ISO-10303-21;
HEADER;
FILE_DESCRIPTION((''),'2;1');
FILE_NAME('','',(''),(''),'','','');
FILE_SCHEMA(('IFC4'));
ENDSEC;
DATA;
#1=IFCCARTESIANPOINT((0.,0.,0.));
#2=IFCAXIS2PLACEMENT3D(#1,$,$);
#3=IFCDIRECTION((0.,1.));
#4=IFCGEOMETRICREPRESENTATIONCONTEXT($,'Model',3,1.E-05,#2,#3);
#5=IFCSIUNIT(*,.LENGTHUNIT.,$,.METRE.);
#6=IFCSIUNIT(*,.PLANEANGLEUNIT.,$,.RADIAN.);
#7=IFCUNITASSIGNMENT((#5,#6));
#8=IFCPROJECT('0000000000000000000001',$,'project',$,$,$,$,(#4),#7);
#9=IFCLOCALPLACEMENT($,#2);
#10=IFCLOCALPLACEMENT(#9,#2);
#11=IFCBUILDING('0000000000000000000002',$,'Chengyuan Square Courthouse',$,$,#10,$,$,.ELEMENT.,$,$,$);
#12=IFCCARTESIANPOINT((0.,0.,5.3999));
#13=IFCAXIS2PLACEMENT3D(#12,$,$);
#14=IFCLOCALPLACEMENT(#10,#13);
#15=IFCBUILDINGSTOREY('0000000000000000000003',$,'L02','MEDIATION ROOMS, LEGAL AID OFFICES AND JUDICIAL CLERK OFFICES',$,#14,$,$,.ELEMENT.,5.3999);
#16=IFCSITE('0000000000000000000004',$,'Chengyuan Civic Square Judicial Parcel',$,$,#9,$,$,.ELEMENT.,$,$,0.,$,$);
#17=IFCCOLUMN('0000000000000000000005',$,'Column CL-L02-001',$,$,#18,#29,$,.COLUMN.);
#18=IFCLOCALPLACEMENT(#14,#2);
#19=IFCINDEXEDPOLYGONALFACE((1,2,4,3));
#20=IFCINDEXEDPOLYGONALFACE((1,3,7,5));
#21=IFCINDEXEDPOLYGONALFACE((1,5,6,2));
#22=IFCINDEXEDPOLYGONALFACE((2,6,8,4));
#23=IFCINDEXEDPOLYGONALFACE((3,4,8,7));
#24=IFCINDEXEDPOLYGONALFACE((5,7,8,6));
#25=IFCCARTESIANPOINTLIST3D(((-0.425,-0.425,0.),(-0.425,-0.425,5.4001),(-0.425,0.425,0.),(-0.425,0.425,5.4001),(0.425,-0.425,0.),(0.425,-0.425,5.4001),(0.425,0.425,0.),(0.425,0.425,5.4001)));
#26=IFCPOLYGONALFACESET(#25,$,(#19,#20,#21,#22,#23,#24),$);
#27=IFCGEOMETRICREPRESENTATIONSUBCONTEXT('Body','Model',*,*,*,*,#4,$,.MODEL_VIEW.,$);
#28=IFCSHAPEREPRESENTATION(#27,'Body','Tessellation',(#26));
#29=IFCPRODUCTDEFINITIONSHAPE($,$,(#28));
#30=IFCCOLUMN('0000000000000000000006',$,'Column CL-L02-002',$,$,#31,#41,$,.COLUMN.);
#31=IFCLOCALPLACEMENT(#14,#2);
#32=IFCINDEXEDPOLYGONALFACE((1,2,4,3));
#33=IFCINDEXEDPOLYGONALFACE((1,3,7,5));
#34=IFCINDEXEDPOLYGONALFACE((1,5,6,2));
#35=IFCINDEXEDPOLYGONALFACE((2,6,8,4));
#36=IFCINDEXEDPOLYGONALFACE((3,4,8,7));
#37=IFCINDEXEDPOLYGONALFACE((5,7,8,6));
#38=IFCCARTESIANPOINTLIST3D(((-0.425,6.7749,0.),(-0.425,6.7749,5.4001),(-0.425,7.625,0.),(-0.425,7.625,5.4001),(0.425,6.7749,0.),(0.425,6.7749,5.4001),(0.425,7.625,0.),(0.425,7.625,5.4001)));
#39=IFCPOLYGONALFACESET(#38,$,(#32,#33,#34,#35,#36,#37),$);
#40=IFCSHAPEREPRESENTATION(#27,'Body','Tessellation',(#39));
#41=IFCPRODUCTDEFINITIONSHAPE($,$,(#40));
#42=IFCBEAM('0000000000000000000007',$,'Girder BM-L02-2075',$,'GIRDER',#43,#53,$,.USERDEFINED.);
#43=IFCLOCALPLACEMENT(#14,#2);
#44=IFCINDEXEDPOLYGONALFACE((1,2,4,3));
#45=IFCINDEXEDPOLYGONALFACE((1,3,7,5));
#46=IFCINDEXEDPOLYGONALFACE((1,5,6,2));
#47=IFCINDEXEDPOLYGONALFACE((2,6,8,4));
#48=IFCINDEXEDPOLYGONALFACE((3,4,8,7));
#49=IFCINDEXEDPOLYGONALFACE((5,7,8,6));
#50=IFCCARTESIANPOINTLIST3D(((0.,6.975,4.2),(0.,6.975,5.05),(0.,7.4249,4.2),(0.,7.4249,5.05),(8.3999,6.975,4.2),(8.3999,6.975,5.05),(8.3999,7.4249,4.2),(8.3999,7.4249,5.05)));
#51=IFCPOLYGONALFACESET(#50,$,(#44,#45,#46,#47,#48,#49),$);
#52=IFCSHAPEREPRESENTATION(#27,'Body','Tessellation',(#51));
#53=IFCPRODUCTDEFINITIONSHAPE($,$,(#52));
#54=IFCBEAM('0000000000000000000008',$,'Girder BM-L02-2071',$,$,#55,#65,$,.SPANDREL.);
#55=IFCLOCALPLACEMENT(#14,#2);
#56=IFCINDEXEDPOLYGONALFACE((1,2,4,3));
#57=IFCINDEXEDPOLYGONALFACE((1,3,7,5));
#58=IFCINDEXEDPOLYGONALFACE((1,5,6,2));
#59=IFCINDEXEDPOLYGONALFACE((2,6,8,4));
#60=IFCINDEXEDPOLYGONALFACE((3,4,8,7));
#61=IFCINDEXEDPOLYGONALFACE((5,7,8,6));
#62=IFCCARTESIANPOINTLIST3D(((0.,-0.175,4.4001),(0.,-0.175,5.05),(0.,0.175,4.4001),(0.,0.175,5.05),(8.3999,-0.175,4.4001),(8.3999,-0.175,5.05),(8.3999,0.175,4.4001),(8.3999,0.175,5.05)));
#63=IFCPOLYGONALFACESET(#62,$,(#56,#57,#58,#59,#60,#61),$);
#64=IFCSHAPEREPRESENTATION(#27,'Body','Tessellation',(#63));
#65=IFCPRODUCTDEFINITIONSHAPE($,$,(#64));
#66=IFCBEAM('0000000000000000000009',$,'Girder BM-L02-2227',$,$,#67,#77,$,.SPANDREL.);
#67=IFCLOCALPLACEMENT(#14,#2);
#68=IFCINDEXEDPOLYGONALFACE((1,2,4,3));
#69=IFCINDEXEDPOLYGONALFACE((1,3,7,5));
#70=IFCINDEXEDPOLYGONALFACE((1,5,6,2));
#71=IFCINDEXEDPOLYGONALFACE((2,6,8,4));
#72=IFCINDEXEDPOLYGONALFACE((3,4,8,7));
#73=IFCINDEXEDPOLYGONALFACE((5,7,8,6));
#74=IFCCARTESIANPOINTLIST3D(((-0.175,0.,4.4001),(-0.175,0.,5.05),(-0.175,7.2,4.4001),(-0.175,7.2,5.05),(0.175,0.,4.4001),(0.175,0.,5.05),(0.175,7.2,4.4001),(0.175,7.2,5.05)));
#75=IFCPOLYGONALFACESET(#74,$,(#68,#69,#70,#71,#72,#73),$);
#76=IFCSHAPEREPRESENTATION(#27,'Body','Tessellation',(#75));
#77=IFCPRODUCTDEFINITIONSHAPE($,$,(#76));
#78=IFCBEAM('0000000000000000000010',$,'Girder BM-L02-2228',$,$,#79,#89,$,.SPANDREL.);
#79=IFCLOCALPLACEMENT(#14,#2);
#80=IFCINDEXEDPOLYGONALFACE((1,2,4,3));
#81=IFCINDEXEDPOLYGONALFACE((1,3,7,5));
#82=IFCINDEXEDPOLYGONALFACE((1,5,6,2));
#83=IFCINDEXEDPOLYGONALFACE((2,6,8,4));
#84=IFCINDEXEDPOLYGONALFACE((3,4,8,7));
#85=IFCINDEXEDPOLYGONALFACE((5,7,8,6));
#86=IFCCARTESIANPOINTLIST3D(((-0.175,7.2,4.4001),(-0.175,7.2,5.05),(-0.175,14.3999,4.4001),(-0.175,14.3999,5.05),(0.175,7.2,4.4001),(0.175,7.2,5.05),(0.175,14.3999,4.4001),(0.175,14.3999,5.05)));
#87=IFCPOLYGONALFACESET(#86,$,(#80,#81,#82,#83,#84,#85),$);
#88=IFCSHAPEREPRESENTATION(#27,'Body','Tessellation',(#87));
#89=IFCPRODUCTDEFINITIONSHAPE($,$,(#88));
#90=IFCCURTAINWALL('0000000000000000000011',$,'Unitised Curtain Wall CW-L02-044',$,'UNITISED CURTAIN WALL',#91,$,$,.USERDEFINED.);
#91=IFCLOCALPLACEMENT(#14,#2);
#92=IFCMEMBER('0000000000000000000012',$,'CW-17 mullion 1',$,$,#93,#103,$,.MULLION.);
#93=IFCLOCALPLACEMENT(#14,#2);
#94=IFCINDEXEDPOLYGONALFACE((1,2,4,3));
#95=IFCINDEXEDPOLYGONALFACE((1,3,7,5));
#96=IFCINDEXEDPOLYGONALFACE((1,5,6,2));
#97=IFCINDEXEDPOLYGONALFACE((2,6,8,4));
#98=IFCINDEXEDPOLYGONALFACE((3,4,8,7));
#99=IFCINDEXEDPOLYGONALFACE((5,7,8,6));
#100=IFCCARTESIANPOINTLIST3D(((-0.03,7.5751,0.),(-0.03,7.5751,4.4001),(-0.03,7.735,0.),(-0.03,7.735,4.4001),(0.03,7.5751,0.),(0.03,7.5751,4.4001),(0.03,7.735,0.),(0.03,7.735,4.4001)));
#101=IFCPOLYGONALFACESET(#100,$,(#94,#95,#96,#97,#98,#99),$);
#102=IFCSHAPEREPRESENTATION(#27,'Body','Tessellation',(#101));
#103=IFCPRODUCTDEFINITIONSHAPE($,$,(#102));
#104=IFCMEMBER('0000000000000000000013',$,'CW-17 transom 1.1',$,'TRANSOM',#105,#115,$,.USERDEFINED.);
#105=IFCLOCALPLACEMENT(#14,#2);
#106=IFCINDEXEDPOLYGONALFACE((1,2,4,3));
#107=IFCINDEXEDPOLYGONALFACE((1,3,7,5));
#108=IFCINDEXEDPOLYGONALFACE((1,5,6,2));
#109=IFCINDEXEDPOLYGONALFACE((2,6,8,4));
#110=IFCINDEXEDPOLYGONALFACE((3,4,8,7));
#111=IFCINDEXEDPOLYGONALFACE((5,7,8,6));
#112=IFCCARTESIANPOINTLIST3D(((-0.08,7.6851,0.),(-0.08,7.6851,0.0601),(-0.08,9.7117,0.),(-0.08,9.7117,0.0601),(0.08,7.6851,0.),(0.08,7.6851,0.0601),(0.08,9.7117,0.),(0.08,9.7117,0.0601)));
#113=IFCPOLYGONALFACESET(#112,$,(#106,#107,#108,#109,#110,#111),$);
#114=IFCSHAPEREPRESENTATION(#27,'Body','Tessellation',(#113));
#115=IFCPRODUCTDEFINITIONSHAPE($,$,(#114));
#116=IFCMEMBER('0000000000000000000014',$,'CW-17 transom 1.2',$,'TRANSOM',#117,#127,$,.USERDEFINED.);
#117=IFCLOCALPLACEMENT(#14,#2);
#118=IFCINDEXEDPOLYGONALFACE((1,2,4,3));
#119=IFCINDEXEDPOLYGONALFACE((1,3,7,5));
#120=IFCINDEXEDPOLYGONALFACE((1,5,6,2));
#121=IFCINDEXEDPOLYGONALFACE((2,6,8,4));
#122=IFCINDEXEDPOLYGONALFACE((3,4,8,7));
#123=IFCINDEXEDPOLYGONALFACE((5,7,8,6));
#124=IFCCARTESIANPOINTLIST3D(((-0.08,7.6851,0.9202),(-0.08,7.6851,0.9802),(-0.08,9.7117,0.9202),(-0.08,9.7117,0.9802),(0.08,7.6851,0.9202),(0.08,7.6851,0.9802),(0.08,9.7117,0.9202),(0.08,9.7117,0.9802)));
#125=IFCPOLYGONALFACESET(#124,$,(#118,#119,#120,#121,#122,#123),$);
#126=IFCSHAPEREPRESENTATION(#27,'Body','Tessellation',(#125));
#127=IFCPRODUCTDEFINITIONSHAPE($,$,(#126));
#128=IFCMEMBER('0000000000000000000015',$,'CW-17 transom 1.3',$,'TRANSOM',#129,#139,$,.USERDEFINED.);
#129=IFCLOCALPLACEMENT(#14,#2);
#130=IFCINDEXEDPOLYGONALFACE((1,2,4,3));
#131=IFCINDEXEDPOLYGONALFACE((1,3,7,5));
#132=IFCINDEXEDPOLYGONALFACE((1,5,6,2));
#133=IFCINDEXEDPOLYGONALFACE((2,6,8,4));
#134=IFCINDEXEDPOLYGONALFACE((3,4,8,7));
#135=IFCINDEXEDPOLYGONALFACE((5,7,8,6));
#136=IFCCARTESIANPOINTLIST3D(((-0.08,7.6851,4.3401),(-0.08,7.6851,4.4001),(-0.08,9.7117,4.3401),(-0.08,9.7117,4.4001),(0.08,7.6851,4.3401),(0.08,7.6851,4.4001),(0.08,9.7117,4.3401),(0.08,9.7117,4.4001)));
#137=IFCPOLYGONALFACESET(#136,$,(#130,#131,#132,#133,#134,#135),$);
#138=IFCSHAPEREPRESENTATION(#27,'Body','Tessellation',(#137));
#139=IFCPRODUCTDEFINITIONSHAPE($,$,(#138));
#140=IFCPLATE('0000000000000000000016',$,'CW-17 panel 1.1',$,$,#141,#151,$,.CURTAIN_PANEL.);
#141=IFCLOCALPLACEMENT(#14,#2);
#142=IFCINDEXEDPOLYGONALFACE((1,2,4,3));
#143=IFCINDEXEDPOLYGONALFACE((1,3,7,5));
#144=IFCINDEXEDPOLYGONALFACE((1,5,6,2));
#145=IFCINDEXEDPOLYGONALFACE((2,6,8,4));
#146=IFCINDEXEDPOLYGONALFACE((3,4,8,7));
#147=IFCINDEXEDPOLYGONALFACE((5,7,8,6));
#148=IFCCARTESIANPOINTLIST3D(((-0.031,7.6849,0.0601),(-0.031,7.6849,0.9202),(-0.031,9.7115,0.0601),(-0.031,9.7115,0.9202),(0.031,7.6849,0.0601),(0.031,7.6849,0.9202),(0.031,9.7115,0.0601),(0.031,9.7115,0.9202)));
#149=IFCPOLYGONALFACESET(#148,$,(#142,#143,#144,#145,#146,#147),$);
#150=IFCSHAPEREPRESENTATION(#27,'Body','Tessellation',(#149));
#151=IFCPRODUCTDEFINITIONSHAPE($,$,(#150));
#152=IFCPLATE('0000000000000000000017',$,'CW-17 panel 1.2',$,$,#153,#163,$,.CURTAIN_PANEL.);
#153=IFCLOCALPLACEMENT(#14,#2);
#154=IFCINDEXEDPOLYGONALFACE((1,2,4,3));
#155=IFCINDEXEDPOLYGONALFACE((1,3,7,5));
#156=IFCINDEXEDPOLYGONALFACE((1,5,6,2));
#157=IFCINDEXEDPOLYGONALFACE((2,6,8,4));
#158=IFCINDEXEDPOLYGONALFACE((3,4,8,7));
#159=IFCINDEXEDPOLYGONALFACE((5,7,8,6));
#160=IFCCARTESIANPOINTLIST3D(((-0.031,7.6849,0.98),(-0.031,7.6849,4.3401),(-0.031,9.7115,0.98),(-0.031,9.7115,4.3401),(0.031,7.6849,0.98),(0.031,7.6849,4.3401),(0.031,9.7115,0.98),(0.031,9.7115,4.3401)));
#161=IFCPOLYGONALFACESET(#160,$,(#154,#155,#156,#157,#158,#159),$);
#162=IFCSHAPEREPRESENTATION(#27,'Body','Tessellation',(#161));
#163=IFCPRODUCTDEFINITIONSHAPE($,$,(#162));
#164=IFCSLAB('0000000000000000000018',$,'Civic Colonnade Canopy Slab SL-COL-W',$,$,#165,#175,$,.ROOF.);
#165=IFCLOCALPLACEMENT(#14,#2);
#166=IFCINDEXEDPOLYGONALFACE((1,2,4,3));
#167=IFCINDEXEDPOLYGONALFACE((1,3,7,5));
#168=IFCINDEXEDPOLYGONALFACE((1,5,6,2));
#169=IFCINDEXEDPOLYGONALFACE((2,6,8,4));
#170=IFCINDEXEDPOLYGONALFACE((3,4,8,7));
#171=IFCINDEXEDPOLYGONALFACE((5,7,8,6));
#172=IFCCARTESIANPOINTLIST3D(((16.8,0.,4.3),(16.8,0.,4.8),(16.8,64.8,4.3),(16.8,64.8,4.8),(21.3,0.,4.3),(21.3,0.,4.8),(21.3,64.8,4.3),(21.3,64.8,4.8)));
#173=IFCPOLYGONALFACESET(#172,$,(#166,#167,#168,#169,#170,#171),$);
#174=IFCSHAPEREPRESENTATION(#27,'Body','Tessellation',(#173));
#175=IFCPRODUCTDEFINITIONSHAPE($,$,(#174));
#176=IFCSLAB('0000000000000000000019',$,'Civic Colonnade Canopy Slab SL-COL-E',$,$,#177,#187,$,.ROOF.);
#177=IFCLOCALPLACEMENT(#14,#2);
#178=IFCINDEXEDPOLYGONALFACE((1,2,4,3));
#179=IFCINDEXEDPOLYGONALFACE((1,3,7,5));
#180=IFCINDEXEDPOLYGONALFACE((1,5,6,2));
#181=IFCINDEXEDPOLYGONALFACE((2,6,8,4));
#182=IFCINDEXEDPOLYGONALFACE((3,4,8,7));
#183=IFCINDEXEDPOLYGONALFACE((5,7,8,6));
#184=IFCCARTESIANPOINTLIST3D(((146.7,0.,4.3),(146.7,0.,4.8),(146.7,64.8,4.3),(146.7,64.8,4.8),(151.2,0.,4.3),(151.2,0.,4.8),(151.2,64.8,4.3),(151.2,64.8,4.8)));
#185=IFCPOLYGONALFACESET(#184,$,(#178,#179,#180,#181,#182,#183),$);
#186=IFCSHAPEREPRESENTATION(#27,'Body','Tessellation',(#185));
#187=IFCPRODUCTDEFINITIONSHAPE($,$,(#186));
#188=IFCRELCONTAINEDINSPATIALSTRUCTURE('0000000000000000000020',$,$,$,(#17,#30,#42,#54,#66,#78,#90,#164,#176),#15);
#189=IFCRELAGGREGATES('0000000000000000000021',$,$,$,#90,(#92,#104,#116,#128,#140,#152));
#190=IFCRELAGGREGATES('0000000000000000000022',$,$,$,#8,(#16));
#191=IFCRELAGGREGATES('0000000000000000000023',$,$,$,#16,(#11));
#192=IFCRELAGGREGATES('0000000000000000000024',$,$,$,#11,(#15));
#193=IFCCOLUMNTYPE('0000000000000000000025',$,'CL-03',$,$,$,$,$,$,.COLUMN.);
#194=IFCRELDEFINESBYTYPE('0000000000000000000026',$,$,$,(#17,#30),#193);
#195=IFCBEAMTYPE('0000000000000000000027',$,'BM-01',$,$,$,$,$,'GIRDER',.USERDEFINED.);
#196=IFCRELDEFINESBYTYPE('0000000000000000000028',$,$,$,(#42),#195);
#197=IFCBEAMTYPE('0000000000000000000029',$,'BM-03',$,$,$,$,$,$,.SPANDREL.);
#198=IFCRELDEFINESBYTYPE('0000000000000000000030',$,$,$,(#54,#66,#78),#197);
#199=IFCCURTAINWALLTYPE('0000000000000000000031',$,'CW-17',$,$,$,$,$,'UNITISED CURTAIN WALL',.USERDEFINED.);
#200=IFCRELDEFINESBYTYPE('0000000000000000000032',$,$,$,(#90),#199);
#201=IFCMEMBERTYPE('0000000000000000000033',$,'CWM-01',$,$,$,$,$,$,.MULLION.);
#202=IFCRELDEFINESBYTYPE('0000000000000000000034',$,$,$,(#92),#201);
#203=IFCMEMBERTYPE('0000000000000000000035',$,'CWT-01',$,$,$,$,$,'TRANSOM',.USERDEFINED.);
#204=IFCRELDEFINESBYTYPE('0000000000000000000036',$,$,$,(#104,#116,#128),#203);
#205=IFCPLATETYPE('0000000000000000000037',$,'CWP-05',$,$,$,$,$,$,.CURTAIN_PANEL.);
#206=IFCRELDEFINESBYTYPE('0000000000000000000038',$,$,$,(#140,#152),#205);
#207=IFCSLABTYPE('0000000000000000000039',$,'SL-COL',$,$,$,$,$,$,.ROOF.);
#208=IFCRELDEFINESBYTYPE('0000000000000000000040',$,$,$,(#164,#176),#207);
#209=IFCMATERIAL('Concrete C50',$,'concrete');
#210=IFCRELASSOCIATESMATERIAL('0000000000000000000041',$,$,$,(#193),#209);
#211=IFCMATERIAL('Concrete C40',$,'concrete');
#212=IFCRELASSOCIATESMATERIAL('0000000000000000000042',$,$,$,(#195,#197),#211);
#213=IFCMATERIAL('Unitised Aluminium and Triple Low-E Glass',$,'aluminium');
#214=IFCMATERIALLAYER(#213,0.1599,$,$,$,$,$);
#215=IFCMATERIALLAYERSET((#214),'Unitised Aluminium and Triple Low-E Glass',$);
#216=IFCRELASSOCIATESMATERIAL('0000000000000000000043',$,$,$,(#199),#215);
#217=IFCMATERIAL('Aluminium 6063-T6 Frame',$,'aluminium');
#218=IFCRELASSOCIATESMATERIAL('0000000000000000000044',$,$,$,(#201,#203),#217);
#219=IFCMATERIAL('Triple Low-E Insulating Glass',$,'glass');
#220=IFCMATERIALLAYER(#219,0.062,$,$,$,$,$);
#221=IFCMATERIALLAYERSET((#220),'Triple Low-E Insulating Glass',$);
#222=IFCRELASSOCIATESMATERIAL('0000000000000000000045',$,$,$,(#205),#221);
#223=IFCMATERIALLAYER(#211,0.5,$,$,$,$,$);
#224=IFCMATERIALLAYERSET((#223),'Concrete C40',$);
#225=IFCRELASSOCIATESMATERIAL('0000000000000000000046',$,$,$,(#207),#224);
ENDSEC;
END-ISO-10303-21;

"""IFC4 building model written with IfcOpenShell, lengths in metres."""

from ifc_helpers import new_model, si_unit, direction, frame, origin, origin_2d, place, context, subcontext, project, spatial, polyline, rectangle, outline, extrude, material, layer, layer_set, material_profile, profile_set, type_object, element, aggregate, save


model = new_model("IFC4")

# Units and contexts
model_context = context("Model", 3, precision=1e-05, world=origin(), true_north=direction((0.0, 1.0)))
body_context = subcontext(model_context, "Body", "Model", "MODEL_VIEW")
ifc_project = project(units=[si_unit("LENGTHUNIT", "METRE"), si_unit("PLANEANGLEUNIT", "RADIAN")], contexts=[model_context])

# Site, building, storey
site_placement = place(None, origin())
site = spatial("IfcSite", under=ifc_project, at=site_placement, Name="Chengyuan Civic Square Judicial Parcel", CompositionType="ELEMENT", RefElevation=0.0)
building_placement = place(site_placement, origin())
building = spatial("IfcBuilding", under=site, at=building_placement, Name="Chengyuan Square Courthouse", CompositionType="ELEMENT")
storey_placement = place(building_placement, frame((0.0, 0.0, 5.3999)))
storey = spatial("IfcBuildingStorey", under=building, at=storey_placement, Name="L02", Description="MEDIATION ROOMS, LEGAL AID OFFICES AND JUDICIAL CLERK OFFICES", CompositionType="ELEMENT", Elevation=5.3999)

# Columns
ifc_material_1 = material(Name="Concrete C50", Category="concrete")
ifc_material_profile_1 = material_profile(ifc_material_1, rectangle(XDim=0.8501, YDim=0.8501, at=origin_2d()), Name="RC-COL-850x850")
ifc_profile_set_1 = profile_set([ifc_material_profile_1], Name="Concrete C50")
column_type = type_object("IfcColumnType", Name="CL-03", PredefinedType="COLUMN", material=ifc_profile_set_1)
for number, where, z_axis, x_axis, name in (
    (1, (0.0, 0.0, 0.0), (0.0, 0.0, 1.0), (1.0, 0.0, 0.0), "Column CL-L02-001"),
    (2, (0.0, 7.2, 0.0), (0.0, 0.0, 1.0), (1.0, 0.0, 0.0), "Column CL-L02-002"),
):
    element("IfcColumn", number, at=place(storey_placement, frame(where, z_axis=z_axis, x_axis=x_axis)), inside=storey, type_object=column_type, Name=name, PredefinedType="COLUMN", context=body_context, shape_type="SweptSolid", body=[
        extrude(rectangle(XDim=0.8501, YDim=0.8501, at=origin_2d()), origin(), (0.0, 0.0, 1.0), 5.4001),
    ])

# Beams
ifc_material_2 = material(Name="Concrete C40", Category="concrete")
ifc_material_profile_2 = material_profile(ifc_material_2, rectangle(XDim=0.45, YDim=0.8501, at=origin_2d()), Name="RC-BM-450x850")
ifc_profile_set_2 = profile_set([ifc_material_profile_2], Name="Concrete C40")
beam_type_1 = type_object("IfcBeamType", Name="BM-01", ElementType="GIRDER", PredefinedType="USERDEFINED", material=ifc_profile_set_2)
beam_1_placement = place(storey_placement, frame((0.0, 7.2, 4.625), z_axis=(1.0, 0.0, 0.0), x_axis=(0.0, 1.0, 0.0)))
element("IfcBeam", 3, at=beam_1_placement, inside=storey, type_object=beam_type_1, Name="Girder BM-L02-2075", ObjectType="GIRDER", PredefinedType="USERDEFINED", context=body_context, shape_type="SweptSolid", body=[
    extrude(rectangle(XDim=0.45, YDim=0.8501, at=origin_2d()), origin(), (0.0, 0.0, 1.0), 8.3999),
])
ifc_material_profile_3 = material_profile(ifc_material_2, rectangle(XDim=0.3501, YDim=0.6499, at=origin_2d()), Name="RC-BM-350x650")
ifc_profile_set_3 = profile_set([ifc_material_profile_3], Name="Concrete C40")
beam_type_2 = type_object("IfcBeamType", Name="BM-03", PredefinedType="SPANDREL", material=ifc_profile_set_3)
beam_2_placement = place(storey_placement, frame((0.0, 0.0, 4.7251), z_axis=(1.0, 0.0, 0.0), x_axis=(0.0, 1.0, 0.0)))
element("IfcBeam", 4, at=beam_2_placement, inside=storey, type_object=beam_type_2, Name="Girder BM-L02-2071", PredefinedType="SPANDREL", context=body_context, shape_type="SweptSolid", body=[
    extrude(rectangle(XDim=0.3501, YDim=0.6499, at=origin_2d()), origin(), (0.0, 0.0, 1.0), 8.3999),
])
for number, where, z_axis, x_axis, name in (
    (5, (0.0, 0.0, 4.7251), (0.0, 1.0, 0.0), (-1.0, 0.0, 0.0), "Girder BM-L02-2227"),
    (6, (0.0, 7.2, 4.7251), (0.0, 1.0, 0.0), (-1.0, 0.0, 0.0), "Girder BM-L02-2228"),
):
    element("IfcBeam", number, at=place(storey_placement, frame(where, z_axis=z_axis, x_axis=x_axis)), inside=storey, type_object=beam_type_2, Name=name, PredefinedType="SPANDREL", context=body_context, shape_type="SweptSolid", body=[
        extrude(rectangle(XDim=0.3501, YDim=0.6499, at=origin_2d()), origin(), (0.0, 0.0, 1.0), 7.2),
    ])

# Curtain wall, members, plates
ifc_material_3 = material(Name="Unitised Aluminium and Triple Low-E Glass", Category="aluminium")
ifc_layer_1 = layer(ifc_material_3, 0.1599)
ifc_layer_set_1 = layer_set([ifc_layer_1], Name="Unitised Aluminium and Triple Low-E Glass")
curtain_wall_type = type_object("IfcCurtainWallType", Name="CW-17", ElementType="UNITISED CURTAIN WALL", PredefinedType="USERDEFINED", material=ifc_layer_set_1)
curtain_wall_placement = place(storey_placement, origin())
curtain_wall = element("IfcCurtainWall", 7, at=curtain_wall_placement, inside=storey, type_object=curtain_wall_type, Name="Unitised Curtain Wall CW-L02-044", ObjectType="UNITISED CURTAIN WALL", PredefinedType="USERDEFINED")
ifc_material_4 = material(Name="Aluminium 6063-T6 Frame", Category="aluminium")
ifc_material_profile_4 = material_profile(ifc_material_4, rectangle(XDim=0.0601, YDim=0.1599, at=origin_2d()), Name="CW-MUL-60x160")
ifc_profile_set_4 = profile_set([ifc_material_profile_4], Name="Aluminium 6063-T6 Frame")
member_type_1 = type_object("IfcMemberType", Name="CWM-01", PredefinedType="MULLION", material=ifc_profile_set_4)
member_1_placement = place(storey_placement, frame((0.0, 7.655, 0.0), z_axis=(0.0, 0.0, 1.0), x_axis=(-1.0, 0.0, 0.0)))
member_1 = element("IfcMember", 8, at=member_1_placement, type_object=member_type_1, Name="CW-17 mullion 1", PredefinedType="MULLION", context=body_context, shape_type="SweptSolid", body=[
    extrude(rectangle(XDim=0.0601, YDim=0.1599, at=origin_2d()), origin(), (0.0, 0.0, 1.0), 4.4001),
])
ifc_material_profile_5 = material_profile(ifc_material_4, rectangle(XDim=0.1599, YDim=0.0601, at=origin_2d()), Name="CW-TRN-60x120")
ifc_profile_set_5 = profile_set([ifc_material_profile_5], Name="Aluminium 6063-T6 Frame")
member_type_2 = type_object("IfcMemberType", Name="CWT-01", ElementType="TRANSOM", PredefinedType="USERDEFINED", material=ifc_profile_set_5)
member_2_placement = place(storey_placement, frame((0.0, 7.6851, 0.03), z_axis=(0.0, 1.0, 0.0), x_axis=(-1.0, 0.0, 0.0)))
member_2 = element("IfcMember", 9, at=member_2_placement, type_object=member_type_2, Name="CW-17 transom 1.1", ObjectType="TRANSOM", PredefinedType="USERDEFINED", context=body_context, shape_type="SweptSolid", body=[
    extrude(rectangle(XDim=0.1599, YDim=0.0601, at=origin_2d()), origin(), (0.0, 0.0, 1.0), 2.0266),
])
member_3_placement = place(storey_placement, frame((0.0, 7.6851, 0.9502), z_axis=(0.0, 1.0, 0.0), x_axis=(-1.0, 0.0, 0.0)))
member_3 = element("IfcMember", 10, at=member_3_placement, type_object=member_type_2, Name="CW-17 transom 1.2", ObjectType="TRANSOM", PredefinedType="USERDEFINED", context=body_context, shape_type="SweptSolid", body=[
    extrude(rectangle(XDim=0.1599, YDim=0.0601, at=origin_2d()), origin(), (0.0, 0.0, 1.0), 2.0266),
])
member_4_placement = place(storey_placement, frame((0.0, 7.6851, 4.3701), z_axis=(0.0, 1.0, 0.0), x_axis=(-1.0, 0.0, 0.0)))
member_4 = element("IfcMember", 11, at=member_4_placement, type_object=member_type_2, Name="CW-17 transom 1.3", ObjectType="TRANSOM", PredefinedType="USERDEFINED", context=body_context, shape_type="SweptSolid", body=[
    extrude(rectangle(XDim=0.1599, YDim=0.0601, at=origin_2d()), origin(), (0.0, 0.0, 1.0), 2.0266),
])
ifc_material_5 = material(Name="Triple Low-E Insulating Glass", Category="glass")
ifc_layer_2 = layer(ifc_material_5, 0.062)
ifc_layer_set_2 = layer_set([ifc_layer_2], Name="Triple Low-E Insulating Glass")
plate_type = type_object("IfcPlateType", Name="CWP-05", PredefinedType="CURTAIN_PANEL", material=ifc_layer_set_2)
plate_1_placement = place(storey_placement, frame((0.0, 8.6982, 0.0601), z_axis=(0.0, 0.0, 1.0), x_axis=(0.0, 1.0, 0.0)))
plate_1 = element("IfcPlate", 12, at=plate_1_placement, type_object=plate_type, Name="CW-17 panel 1.1", PredefinedType="CURTAIN_PANEL", context=body_context, shape_type="SweptSolid", body=[
    extrude(rectangle(XDim=2.0266, YDim=0.062, at=origin_2d()), origin(), (0.0, 0.0, 1.0), 0.8601),
])
plate_2_placement = place(storey_placement, frame((0.0, 8.6982, 0.98), z_axis=(0.0, 0.0, 1.0), x_axis=(0.0, 1.0, 0.0)))
plate_2 = element("IfcPlate", 13, at=plate_2_placement, type_object=plate_type, Name="CW-17 panel 1.2", PredefinedType="CURTAIN_PANEL", context=body_context, shape_type="SweptSolid", body=[
    extrude(rectangle(XDim=2.0266, YDim=0.062, at=origin_2d()), origin(), (0.0, 0.0, 1.0), 3.3601),
])
aggregate(curtain_wall, [member_1, member_2, member_3, member_4, plate_1, plate_2])

# Slabs
ifc_layer_3 = layer(ifc_material_2, 0.5)
ifc_layer_set_3 = layer_set([ifc_layer_3], Name="Concrete C40")
slab_type_1 = type_object("IfcSlabType", Name="SL-COL", PredefinedType="ROOF", material=ifc_layer_set_3)
slab_1_placement = place(storey_placement, frame((0.0, 0.0, 4.3)))
element("IfcSlab", 14, at=slab_1_placement, inside=storey, type_object=slab_type_1, Name="Civic Colonnade Canopy Slab SL-COL-W", PredefinedType="ROOF", context=body_context, shape_type="SweptSolid", body=[
    extrude(outline(polyline([(16.8, 0.0), (21.3, 0.0), (21.3, 64.8), (16.8, 64.8), (16.8, 0.0)])), origin(), (0.0, 0.0, 1.0), 0.5),
])
slab_2_placement = place(storey_placement, frame((0.0, 0.0, 4.3)))
element("IfcSlab", 15, at=slab_2_placement, inside=storey, type_object=slab_type_1, Name="Civic Colonnade Canopy Slab SL-COL-E", PredefinedType="ROOF", context=body_context, shape_type="SweptSolid", body=[
    extrude(outline(polyline([(146.7, 0.0), (151.2, 0.0), (151.2, 64.8), (146.7, 64.8), (146.7, 0.0)])), origin(), (0.0, 0.0, 1.0), 0.5),
])

save(model, "model.ifc")
